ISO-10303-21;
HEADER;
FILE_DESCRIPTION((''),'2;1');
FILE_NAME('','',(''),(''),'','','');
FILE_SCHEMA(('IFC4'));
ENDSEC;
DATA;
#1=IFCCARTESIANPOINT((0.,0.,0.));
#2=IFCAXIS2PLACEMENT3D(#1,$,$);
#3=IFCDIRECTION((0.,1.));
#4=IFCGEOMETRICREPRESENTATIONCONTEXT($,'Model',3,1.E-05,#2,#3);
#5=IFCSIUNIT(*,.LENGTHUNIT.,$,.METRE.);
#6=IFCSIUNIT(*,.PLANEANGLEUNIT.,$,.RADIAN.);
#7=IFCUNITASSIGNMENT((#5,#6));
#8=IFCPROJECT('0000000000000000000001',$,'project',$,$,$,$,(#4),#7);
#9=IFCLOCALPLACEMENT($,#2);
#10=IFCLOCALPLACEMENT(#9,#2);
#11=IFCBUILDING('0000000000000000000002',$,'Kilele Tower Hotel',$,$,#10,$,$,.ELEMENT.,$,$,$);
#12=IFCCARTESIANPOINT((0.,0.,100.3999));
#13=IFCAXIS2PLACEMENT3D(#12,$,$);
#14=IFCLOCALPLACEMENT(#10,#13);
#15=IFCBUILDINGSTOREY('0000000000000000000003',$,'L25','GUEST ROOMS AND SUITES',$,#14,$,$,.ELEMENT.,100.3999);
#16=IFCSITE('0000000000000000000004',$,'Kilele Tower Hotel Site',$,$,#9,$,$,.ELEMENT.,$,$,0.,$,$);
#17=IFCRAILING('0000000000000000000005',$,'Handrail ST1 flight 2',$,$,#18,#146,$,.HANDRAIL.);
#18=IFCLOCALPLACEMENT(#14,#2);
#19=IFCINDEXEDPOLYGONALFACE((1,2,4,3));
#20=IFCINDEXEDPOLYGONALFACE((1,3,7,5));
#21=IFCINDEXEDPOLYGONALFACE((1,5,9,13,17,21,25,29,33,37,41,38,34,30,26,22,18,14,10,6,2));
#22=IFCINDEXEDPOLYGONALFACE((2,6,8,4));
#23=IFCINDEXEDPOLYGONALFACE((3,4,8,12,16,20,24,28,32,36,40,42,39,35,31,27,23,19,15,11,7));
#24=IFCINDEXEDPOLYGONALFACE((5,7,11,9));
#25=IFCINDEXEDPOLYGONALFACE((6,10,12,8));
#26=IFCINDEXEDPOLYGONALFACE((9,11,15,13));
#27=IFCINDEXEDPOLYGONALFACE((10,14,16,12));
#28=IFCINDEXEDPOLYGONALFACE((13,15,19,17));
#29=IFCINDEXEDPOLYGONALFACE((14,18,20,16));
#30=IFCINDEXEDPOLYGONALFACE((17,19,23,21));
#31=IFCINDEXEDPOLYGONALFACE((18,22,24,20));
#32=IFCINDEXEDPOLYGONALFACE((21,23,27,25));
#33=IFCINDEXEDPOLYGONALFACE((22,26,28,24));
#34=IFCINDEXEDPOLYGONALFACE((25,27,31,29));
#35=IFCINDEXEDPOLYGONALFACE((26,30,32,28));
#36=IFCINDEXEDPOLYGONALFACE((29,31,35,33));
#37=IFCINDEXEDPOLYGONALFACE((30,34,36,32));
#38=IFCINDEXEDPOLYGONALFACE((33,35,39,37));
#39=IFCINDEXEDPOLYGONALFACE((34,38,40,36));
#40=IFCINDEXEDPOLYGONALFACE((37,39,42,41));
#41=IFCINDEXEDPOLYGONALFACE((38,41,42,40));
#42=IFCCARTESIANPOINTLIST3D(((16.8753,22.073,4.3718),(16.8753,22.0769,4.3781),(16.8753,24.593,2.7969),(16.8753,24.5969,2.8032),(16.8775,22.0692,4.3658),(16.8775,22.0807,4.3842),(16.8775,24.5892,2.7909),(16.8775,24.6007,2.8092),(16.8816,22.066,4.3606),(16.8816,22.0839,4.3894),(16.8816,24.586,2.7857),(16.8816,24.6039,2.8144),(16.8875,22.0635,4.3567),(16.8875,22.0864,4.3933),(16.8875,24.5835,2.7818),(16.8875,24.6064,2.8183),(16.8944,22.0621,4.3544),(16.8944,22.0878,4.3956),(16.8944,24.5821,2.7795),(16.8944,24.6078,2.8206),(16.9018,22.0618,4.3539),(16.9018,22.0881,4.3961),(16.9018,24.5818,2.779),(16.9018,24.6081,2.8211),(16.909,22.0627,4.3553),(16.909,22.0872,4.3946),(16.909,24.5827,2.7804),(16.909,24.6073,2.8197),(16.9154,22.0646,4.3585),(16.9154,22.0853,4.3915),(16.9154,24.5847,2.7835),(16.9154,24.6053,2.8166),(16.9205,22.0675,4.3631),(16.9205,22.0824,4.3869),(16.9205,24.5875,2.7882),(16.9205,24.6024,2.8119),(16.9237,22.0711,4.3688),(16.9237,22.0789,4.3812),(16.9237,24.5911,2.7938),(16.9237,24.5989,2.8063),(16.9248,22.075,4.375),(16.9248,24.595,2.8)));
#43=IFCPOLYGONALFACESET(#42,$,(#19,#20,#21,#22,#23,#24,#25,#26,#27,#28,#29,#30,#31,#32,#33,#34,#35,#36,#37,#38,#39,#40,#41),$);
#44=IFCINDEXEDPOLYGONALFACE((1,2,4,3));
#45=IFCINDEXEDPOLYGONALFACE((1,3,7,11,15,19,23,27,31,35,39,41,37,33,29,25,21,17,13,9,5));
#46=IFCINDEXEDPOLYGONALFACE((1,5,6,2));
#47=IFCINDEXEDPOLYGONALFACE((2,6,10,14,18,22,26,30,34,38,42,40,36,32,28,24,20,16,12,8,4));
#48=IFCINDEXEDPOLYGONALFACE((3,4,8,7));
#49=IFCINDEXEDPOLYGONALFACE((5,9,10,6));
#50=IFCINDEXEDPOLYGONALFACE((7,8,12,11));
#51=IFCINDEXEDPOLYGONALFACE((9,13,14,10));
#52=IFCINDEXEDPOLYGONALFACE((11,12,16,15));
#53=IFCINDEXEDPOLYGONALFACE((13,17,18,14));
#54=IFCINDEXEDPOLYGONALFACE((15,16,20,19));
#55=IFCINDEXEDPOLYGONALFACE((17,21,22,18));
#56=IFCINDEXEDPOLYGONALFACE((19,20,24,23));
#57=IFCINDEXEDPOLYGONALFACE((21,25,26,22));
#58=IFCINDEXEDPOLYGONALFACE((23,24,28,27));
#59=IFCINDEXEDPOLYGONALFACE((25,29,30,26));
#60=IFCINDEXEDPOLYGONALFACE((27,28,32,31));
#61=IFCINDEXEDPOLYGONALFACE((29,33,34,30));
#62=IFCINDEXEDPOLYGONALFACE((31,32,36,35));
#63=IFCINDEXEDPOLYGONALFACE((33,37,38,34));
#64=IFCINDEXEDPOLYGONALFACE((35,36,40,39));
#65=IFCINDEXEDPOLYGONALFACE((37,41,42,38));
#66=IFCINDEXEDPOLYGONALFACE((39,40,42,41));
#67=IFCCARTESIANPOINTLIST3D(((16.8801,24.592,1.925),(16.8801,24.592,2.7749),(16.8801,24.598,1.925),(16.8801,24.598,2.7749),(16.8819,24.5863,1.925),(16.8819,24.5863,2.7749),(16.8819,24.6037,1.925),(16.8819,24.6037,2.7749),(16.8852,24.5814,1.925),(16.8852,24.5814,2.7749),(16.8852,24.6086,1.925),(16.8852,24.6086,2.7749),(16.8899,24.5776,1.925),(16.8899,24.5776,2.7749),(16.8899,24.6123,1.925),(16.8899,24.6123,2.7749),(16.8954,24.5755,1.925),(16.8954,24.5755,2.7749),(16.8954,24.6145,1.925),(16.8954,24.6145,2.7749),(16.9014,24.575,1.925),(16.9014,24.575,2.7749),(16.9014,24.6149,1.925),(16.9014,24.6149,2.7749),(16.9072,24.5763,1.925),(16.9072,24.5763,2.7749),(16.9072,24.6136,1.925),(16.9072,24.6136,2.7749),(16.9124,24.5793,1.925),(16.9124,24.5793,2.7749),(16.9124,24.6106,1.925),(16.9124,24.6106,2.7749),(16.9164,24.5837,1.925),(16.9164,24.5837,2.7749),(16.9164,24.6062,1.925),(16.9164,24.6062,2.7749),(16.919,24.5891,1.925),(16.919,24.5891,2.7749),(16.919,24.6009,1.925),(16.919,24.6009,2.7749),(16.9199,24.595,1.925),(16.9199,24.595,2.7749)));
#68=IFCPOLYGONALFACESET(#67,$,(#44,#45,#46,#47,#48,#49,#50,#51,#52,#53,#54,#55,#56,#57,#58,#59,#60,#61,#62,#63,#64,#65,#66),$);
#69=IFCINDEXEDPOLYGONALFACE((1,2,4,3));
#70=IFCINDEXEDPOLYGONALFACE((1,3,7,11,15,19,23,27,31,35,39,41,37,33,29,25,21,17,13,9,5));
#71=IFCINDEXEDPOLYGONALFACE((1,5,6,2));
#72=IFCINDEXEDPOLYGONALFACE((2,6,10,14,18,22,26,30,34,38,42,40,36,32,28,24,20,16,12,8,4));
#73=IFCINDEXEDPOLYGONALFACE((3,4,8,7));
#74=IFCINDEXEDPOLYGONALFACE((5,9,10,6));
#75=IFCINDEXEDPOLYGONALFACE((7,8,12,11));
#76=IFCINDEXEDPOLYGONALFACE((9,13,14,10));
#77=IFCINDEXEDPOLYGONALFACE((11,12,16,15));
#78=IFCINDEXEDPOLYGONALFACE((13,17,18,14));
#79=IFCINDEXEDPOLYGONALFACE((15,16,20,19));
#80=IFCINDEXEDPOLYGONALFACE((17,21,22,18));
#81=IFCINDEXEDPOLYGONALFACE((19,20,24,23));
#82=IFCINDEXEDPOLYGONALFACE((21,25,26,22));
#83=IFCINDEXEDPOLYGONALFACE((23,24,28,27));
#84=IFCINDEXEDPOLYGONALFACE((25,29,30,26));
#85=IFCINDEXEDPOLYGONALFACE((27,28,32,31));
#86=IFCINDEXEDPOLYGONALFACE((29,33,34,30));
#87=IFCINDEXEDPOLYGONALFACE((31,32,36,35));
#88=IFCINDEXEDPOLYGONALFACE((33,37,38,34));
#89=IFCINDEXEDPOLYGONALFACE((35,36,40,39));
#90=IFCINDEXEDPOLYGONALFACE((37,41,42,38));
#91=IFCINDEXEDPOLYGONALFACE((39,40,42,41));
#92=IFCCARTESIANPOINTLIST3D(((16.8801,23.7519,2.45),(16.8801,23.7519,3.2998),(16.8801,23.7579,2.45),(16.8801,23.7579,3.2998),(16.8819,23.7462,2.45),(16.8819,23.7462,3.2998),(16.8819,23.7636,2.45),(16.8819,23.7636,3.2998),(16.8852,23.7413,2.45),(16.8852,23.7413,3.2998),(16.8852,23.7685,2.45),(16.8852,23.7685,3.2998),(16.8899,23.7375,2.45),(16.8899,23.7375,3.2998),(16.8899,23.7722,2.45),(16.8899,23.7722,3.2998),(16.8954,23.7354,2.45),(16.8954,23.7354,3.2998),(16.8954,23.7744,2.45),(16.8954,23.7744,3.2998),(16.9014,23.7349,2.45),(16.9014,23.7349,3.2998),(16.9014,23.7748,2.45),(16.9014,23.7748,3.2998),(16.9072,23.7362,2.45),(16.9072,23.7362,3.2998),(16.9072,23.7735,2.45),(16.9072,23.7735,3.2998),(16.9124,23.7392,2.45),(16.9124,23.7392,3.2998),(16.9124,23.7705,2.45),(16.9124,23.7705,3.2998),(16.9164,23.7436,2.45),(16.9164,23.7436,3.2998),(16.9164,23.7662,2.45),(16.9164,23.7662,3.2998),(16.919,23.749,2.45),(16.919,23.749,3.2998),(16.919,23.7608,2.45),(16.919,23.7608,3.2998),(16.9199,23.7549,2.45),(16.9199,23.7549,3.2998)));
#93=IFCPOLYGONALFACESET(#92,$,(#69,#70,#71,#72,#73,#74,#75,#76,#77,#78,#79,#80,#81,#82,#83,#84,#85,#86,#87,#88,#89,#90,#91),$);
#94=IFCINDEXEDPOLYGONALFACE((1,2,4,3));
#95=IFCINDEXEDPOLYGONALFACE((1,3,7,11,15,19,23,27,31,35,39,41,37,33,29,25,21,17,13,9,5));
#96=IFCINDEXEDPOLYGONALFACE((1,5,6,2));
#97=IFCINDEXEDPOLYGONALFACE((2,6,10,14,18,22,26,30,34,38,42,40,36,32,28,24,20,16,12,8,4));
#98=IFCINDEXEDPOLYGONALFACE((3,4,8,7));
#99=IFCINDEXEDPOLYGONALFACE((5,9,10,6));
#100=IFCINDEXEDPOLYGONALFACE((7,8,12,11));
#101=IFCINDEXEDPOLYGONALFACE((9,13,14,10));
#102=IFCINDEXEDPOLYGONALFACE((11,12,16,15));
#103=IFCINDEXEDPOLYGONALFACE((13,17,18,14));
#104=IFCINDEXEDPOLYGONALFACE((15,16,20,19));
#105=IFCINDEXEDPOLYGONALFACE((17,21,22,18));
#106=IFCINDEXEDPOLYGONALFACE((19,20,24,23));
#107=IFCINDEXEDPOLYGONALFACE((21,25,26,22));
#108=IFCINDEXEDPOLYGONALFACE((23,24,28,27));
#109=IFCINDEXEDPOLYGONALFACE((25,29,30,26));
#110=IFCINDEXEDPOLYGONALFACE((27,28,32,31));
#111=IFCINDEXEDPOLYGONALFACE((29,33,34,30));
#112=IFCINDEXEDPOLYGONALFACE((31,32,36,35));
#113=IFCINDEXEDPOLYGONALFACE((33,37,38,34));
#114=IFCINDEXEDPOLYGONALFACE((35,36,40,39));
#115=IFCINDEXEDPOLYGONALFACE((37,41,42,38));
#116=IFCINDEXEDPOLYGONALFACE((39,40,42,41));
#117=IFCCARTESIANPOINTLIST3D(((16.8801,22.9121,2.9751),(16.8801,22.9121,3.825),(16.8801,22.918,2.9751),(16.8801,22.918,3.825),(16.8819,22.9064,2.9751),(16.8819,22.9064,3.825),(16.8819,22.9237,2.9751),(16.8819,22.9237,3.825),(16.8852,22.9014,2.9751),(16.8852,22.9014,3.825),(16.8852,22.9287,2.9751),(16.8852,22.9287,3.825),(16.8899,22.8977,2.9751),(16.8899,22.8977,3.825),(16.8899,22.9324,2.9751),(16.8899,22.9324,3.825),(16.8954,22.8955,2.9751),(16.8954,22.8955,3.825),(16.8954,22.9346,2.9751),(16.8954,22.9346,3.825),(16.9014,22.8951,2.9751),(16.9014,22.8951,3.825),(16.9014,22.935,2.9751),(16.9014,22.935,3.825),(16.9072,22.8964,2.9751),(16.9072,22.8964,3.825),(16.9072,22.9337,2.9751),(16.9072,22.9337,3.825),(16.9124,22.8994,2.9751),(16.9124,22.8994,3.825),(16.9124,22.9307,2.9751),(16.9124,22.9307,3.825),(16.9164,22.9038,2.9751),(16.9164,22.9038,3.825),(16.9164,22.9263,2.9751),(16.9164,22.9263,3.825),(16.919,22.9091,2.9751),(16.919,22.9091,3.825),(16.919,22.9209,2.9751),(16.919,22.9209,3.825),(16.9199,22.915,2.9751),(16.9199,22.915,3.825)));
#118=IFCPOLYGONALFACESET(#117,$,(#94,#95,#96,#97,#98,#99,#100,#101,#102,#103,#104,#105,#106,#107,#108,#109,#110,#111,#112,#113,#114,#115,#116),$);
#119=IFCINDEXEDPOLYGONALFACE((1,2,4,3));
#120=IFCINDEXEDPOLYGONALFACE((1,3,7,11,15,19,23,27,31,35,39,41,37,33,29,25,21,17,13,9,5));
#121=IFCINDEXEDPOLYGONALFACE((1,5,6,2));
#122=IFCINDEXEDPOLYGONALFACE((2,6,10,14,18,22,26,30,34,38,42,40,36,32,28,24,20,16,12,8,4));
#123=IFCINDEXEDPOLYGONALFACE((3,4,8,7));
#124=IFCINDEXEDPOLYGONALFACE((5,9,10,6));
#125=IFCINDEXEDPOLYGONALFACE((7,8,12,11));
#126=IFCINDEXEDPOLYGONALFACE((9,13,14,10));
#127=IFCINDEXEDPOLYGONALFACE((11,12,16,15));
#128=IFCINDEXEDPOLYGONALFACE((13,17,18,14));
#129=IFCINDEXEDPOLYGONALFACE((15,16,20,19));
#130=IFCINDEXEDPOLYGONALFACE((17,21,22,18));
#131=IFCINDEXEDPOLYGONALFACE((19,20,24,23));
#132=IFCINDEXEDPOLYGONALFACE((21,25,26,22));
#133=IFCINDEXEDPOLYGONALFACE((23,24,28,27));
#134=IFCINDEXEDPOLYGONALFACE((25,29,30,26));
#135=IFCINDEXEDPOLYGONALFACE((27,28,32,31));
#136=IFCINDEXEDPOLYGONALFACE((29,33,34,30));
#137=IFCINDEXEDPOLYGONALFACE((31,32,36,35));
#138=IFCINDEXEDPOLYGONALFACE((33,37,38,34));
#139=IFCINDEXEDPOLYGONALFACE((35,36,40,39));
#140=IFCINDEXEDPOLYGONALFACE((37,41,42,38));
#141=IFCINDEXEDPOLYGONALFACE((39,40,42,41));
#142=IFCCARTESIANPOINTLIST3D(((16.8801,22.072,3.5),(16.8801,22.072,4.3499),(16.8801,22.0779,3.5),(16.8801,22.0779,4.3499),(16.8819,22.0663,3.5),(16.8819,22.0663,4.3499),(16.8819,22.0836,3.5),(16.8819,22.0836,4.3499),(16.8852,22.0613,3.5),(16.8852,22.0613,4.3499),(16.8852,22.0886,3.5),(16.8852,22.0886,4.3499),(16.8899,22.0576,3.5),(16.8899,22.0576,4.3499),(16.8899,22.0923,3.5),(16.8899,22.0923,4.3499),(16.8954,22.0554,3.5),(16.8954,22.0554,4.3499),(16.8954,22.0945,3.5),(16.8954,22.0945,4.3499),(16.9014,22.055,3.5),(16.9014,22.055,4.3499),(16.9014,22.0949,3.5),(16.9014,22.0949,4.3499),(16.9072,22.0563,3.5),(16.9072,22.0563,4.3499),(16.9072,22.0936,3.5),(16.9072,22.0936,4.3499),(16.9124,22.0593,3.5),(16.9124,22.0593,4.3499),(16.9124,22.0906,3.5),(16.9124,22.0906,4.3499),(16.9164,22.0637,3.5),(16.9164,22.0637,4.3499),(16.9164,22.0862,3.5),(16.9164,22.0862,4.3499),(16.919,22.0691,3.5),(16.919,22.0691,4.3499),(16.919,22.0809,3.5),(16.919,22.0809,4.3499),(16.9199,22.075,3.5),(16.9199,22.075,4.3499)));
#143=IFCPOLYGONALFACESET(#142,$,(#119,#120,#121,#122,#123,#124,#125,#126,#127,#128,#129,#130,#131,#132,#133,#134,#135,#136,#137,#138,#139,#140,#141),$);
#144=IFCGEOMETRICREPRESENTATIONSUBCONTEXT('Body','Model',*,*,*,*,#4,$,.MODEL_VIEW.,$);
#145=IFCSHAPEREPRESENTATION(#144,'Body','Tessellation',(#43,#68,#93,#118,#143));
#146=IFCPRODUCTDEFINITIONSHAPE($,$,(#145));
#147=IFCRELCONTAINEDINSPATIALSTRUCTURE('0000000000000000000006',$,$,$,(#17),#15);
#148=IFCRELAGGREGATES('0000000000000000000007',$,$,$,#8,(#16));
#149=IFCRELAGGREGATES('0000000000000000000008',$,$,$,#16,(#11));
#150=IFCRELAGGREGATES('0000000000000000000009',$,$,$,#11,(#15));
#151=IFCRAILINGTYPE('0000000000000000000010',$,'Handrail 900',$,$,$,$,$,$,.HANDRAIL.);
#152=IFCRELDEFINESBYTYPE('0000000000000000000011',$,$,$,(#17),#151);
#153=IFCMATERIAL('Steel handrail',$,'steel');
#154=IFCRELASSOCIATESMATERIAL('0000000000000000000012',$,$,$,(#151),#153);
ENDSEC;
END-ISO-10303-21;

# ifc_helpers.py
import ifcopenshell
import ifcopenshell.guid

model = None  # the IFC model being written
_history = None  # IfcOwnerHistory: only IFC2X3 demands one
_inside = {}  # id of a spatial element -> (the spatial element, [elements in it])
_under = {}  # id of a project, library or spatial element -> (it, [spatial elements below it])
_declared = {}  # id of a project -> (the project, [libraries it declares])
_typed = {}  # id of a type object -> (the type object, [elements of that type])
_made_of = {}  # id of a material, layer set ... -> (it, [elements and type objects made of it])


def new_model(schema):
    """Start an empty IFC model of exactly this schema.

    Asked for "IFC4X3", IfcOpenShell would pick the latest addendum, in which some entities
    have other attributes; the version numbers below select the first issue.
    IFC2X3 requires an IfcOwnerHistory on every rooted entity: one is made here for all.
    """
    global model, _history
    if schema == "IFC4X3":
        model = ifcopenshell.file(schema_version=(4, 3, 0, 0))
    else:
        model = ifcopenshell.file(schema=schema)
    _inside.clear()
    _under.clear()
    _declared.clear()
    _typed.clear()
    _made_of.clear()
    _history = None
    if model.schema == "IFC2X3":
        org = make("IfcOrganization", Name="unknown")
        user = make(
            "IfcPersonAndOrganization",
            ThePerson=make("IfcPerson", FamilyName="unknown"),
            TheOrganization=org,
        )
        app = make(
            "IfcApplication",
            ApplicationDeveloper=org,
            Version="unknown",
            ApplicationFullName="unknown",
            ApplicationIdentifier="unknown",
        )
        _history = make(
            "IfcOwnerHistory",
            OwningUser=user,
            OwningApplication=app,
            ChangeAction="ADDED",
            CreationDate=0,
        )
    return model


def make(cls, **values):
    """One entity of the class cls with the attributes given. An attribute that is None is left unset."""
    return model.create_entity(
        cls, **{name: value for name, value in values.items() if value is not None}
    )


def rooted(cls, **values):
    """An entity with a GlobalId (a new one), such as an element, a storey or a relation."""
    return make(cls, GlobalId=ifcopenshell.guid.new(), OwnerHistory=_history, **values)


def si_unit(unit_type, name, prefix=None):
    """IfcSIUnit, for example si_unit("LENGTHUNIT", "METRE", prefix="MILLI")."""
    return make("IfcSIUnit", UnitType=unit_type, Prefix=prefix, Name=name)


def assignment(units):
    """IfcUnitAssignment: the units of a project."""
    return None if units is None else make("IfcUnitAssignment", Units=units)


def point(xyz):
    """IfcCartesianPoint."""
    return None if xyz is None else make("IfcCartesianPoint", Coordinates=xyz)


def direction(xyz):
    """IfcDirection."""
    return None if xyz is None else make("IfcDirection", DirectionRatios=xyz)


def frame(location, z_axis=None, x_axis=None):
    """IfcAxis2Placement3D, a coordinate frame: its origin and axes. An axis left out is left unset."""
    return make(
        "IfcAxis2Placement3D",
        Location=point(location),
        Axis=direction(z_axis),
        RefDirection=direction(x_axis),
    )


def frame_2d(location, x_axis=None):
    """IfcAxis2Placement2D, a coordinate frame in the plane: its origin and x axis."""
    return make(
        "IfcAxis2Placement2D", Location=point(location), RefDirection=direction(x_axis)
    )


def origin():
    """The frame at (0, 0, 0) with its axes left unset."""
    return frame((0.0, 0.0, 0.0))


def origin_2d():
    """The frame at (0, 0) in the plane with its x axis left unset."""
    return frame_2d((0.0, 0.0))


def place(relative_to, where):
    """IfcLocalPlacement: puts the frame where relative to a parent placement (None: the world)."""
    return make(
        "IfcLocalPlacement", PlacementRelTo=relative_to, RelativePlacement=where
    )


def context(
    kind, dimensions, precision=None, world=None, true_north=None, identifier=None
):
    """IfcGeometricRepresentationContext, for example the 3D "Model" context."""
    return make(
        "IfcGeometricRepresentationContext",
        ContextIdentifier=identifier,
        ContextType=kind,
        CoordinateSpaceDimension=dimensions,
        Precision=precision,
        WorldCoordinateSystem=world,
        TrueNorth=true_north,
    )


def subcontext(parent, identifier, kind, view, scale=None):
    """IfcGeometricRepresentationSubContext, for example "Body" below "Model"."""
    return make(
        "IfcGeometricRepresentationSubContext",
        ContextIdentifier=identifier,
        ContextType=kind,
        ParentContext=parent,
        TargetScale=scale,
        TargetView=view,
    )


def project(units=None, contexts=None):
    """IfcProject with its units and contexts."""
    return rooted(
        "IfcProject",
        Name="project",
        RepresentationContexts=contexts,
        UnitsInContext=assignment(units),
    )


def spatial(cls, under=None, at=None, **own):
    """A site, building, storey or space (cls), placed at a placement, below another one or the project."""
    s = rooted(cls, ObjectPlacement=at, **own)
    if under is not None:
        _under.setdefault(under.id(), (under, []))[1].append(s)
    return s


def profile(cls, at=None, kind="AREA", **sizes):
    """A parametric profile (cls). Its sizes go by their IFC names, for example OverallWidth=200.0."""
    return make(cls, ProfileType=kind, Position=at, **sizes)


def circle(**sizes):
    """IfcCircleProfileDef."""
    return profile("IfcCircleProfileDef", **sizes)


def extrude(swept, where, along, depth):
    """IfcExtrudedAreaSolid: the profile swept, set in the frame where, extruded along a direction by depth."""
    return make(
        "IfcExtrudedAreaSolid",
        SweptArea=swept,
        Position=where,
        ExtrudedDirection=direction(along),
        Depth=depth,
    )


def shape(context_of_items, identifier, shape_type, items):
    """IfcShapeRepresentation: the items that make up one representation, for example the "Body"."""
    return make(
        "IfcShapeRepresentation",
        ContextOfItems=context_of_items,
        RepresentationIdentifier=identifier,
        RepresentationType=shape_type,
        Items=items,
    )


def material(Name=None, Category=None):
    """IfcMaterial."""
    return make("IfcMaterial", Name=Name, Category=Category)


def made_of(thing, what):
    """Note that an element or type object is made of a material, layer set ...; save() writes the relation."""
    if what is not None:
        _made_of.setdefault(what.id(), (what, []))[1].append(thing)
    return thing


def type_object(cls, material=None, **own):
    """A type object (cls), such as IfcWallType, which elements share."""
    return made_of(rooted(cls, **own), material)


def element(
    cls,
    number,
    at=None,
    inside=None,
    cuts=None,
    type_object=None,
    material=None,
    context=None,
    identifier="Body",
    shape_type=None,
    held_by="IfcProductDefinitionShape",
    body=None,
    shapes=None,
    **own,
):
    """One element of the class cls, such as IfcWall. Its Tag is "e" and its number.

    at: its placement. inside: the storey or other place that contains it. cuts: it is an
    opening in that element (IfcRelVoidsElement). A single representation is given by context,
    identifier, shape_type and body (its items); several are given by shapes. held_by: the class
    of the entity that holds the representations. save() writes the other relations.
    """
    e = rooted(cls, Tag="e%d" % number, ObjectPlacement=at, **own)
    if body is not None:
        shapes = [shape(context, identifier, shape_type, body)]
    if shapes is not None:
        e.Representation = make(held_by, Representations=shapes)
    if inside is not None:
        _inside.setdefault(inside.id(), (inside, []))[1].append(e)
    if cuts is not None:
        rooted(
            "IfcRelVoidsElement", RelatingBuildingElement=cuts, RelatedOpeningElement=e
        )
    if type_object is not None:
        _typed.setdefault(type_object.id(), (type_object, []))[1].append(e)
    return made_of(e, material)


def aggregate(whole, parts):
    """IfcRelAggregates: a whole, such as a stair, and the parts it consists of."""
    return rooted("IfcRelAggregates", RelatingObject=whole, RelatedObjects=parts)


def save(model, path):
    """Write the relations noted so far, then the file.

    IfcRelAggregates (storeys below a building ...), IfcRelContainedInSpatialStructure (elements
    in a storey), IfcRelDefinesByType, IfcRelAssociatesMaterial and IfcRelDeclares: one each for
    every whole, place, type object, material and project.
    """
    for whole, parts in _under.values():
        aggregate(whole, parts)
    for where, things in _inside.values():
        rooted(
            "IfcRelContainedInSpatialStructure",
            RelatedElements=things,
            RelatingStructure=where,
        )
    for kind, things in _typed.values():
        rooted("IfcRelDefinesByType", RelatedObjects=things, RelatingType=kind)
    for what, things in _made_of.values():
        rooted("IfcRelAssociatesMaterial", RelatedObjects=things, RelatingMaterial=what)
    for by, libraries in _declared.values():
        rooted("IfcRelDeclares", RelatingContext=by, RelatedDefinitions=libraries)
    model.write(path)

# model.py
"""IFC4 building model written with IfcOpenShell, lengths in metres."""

from ifc_helpers import new_model, si_unit, direction, frame, origin, origin_2d, place, context, subcontext, project, spatial, circle, extrude, material, type_object, element, save


model = new_model("IFC4")

# Units and contexts
model_context = context("Model", 3, precision=1e-05, world=origin(), true_north=direction((0.0, 1.0)))
body_context = subcontext(model_context, "Body", "Model", "MODEL_VIEW")
ifc_project = project(units=[si_unit("LENGTHUNIT", "METRE"), si_unit("PLANEANGLEUNIT", "RADIAN")], contexts=[model_context])

# Site, building, storey
site_placement = place(None, origin())
site = spatial("IfcSite", under=ifc_project, at=site_placement, Name="Kilele Tower Hotel Site", CompositionType="ELEMENT", RefElevation=0.0)
building_placement = place(site_placement, origin())
building = spatial("IfcBuilding", under=site, at=building_placement, Name="Kilele Tower Hotel", CompositionType="ELEMENT")
storey_placement = place(building_placement, frame((0.0, 0.0, 100.3999)))
storey = spatial("IfcBuildingStorey", under=building, at=storey_placement, Name="L25", Description="GUEST ROOMS AND SUITES", CompositionType="ELEMENT", Elevation=100.3999)

# Railing
ifc_material_1 = material(Name="Steel handrail", Category="steel")
railing_type_1 = type_object("IfcRailingType", Name="Handrail 900", PredefinedType="HANDRAIL", material=ifc_material_1)
for number, where, name in (
    (1, (16.8999, 24.595, 1.925), "Handrail ST1 flight 2"),
):
    element("IfcRailing", number, at=place(storey_placement, frame(where)), inside=storey, type_object=railing_type_1, Name=name, PredefinedType="HANDRAIL", context=body_context, shape_type="SweptSolid", body=[
        extrude(circle(Radius=0.0249, at=origin_2d()), frame((0.0, 0.0, 0.875), z_axis=(0.0, -0.848008, 0.529984), x_axis=(1.0, 0.0, 0.0)), (0.0, 0.0, 1.0), 2.9717),
        extrude(circle(Radius=0.02, at=origin_2d()), origin(), (0.0, 0.0, 1.0), 0.8499),
        extrude(circle(Radius=0.02, at=origin_2d()), frame((0.0, -0.8401, 0.5249)), (0.0, 0.0, 1.0), 0.8499),
        extrude(circle(Radius=0.02, at=origin_2d()), frame((0.0, -1.6799, 1.05)), (0.0, 0.0, 1.0), 0.8499),
        extrude(circle(Radius=0.02, at=origin_2d()), frame((0.0, -2.52, 1.575)), (0.0, 0.0, 1.0), 0.8499),
    ])

save(model, "model.ifc")
